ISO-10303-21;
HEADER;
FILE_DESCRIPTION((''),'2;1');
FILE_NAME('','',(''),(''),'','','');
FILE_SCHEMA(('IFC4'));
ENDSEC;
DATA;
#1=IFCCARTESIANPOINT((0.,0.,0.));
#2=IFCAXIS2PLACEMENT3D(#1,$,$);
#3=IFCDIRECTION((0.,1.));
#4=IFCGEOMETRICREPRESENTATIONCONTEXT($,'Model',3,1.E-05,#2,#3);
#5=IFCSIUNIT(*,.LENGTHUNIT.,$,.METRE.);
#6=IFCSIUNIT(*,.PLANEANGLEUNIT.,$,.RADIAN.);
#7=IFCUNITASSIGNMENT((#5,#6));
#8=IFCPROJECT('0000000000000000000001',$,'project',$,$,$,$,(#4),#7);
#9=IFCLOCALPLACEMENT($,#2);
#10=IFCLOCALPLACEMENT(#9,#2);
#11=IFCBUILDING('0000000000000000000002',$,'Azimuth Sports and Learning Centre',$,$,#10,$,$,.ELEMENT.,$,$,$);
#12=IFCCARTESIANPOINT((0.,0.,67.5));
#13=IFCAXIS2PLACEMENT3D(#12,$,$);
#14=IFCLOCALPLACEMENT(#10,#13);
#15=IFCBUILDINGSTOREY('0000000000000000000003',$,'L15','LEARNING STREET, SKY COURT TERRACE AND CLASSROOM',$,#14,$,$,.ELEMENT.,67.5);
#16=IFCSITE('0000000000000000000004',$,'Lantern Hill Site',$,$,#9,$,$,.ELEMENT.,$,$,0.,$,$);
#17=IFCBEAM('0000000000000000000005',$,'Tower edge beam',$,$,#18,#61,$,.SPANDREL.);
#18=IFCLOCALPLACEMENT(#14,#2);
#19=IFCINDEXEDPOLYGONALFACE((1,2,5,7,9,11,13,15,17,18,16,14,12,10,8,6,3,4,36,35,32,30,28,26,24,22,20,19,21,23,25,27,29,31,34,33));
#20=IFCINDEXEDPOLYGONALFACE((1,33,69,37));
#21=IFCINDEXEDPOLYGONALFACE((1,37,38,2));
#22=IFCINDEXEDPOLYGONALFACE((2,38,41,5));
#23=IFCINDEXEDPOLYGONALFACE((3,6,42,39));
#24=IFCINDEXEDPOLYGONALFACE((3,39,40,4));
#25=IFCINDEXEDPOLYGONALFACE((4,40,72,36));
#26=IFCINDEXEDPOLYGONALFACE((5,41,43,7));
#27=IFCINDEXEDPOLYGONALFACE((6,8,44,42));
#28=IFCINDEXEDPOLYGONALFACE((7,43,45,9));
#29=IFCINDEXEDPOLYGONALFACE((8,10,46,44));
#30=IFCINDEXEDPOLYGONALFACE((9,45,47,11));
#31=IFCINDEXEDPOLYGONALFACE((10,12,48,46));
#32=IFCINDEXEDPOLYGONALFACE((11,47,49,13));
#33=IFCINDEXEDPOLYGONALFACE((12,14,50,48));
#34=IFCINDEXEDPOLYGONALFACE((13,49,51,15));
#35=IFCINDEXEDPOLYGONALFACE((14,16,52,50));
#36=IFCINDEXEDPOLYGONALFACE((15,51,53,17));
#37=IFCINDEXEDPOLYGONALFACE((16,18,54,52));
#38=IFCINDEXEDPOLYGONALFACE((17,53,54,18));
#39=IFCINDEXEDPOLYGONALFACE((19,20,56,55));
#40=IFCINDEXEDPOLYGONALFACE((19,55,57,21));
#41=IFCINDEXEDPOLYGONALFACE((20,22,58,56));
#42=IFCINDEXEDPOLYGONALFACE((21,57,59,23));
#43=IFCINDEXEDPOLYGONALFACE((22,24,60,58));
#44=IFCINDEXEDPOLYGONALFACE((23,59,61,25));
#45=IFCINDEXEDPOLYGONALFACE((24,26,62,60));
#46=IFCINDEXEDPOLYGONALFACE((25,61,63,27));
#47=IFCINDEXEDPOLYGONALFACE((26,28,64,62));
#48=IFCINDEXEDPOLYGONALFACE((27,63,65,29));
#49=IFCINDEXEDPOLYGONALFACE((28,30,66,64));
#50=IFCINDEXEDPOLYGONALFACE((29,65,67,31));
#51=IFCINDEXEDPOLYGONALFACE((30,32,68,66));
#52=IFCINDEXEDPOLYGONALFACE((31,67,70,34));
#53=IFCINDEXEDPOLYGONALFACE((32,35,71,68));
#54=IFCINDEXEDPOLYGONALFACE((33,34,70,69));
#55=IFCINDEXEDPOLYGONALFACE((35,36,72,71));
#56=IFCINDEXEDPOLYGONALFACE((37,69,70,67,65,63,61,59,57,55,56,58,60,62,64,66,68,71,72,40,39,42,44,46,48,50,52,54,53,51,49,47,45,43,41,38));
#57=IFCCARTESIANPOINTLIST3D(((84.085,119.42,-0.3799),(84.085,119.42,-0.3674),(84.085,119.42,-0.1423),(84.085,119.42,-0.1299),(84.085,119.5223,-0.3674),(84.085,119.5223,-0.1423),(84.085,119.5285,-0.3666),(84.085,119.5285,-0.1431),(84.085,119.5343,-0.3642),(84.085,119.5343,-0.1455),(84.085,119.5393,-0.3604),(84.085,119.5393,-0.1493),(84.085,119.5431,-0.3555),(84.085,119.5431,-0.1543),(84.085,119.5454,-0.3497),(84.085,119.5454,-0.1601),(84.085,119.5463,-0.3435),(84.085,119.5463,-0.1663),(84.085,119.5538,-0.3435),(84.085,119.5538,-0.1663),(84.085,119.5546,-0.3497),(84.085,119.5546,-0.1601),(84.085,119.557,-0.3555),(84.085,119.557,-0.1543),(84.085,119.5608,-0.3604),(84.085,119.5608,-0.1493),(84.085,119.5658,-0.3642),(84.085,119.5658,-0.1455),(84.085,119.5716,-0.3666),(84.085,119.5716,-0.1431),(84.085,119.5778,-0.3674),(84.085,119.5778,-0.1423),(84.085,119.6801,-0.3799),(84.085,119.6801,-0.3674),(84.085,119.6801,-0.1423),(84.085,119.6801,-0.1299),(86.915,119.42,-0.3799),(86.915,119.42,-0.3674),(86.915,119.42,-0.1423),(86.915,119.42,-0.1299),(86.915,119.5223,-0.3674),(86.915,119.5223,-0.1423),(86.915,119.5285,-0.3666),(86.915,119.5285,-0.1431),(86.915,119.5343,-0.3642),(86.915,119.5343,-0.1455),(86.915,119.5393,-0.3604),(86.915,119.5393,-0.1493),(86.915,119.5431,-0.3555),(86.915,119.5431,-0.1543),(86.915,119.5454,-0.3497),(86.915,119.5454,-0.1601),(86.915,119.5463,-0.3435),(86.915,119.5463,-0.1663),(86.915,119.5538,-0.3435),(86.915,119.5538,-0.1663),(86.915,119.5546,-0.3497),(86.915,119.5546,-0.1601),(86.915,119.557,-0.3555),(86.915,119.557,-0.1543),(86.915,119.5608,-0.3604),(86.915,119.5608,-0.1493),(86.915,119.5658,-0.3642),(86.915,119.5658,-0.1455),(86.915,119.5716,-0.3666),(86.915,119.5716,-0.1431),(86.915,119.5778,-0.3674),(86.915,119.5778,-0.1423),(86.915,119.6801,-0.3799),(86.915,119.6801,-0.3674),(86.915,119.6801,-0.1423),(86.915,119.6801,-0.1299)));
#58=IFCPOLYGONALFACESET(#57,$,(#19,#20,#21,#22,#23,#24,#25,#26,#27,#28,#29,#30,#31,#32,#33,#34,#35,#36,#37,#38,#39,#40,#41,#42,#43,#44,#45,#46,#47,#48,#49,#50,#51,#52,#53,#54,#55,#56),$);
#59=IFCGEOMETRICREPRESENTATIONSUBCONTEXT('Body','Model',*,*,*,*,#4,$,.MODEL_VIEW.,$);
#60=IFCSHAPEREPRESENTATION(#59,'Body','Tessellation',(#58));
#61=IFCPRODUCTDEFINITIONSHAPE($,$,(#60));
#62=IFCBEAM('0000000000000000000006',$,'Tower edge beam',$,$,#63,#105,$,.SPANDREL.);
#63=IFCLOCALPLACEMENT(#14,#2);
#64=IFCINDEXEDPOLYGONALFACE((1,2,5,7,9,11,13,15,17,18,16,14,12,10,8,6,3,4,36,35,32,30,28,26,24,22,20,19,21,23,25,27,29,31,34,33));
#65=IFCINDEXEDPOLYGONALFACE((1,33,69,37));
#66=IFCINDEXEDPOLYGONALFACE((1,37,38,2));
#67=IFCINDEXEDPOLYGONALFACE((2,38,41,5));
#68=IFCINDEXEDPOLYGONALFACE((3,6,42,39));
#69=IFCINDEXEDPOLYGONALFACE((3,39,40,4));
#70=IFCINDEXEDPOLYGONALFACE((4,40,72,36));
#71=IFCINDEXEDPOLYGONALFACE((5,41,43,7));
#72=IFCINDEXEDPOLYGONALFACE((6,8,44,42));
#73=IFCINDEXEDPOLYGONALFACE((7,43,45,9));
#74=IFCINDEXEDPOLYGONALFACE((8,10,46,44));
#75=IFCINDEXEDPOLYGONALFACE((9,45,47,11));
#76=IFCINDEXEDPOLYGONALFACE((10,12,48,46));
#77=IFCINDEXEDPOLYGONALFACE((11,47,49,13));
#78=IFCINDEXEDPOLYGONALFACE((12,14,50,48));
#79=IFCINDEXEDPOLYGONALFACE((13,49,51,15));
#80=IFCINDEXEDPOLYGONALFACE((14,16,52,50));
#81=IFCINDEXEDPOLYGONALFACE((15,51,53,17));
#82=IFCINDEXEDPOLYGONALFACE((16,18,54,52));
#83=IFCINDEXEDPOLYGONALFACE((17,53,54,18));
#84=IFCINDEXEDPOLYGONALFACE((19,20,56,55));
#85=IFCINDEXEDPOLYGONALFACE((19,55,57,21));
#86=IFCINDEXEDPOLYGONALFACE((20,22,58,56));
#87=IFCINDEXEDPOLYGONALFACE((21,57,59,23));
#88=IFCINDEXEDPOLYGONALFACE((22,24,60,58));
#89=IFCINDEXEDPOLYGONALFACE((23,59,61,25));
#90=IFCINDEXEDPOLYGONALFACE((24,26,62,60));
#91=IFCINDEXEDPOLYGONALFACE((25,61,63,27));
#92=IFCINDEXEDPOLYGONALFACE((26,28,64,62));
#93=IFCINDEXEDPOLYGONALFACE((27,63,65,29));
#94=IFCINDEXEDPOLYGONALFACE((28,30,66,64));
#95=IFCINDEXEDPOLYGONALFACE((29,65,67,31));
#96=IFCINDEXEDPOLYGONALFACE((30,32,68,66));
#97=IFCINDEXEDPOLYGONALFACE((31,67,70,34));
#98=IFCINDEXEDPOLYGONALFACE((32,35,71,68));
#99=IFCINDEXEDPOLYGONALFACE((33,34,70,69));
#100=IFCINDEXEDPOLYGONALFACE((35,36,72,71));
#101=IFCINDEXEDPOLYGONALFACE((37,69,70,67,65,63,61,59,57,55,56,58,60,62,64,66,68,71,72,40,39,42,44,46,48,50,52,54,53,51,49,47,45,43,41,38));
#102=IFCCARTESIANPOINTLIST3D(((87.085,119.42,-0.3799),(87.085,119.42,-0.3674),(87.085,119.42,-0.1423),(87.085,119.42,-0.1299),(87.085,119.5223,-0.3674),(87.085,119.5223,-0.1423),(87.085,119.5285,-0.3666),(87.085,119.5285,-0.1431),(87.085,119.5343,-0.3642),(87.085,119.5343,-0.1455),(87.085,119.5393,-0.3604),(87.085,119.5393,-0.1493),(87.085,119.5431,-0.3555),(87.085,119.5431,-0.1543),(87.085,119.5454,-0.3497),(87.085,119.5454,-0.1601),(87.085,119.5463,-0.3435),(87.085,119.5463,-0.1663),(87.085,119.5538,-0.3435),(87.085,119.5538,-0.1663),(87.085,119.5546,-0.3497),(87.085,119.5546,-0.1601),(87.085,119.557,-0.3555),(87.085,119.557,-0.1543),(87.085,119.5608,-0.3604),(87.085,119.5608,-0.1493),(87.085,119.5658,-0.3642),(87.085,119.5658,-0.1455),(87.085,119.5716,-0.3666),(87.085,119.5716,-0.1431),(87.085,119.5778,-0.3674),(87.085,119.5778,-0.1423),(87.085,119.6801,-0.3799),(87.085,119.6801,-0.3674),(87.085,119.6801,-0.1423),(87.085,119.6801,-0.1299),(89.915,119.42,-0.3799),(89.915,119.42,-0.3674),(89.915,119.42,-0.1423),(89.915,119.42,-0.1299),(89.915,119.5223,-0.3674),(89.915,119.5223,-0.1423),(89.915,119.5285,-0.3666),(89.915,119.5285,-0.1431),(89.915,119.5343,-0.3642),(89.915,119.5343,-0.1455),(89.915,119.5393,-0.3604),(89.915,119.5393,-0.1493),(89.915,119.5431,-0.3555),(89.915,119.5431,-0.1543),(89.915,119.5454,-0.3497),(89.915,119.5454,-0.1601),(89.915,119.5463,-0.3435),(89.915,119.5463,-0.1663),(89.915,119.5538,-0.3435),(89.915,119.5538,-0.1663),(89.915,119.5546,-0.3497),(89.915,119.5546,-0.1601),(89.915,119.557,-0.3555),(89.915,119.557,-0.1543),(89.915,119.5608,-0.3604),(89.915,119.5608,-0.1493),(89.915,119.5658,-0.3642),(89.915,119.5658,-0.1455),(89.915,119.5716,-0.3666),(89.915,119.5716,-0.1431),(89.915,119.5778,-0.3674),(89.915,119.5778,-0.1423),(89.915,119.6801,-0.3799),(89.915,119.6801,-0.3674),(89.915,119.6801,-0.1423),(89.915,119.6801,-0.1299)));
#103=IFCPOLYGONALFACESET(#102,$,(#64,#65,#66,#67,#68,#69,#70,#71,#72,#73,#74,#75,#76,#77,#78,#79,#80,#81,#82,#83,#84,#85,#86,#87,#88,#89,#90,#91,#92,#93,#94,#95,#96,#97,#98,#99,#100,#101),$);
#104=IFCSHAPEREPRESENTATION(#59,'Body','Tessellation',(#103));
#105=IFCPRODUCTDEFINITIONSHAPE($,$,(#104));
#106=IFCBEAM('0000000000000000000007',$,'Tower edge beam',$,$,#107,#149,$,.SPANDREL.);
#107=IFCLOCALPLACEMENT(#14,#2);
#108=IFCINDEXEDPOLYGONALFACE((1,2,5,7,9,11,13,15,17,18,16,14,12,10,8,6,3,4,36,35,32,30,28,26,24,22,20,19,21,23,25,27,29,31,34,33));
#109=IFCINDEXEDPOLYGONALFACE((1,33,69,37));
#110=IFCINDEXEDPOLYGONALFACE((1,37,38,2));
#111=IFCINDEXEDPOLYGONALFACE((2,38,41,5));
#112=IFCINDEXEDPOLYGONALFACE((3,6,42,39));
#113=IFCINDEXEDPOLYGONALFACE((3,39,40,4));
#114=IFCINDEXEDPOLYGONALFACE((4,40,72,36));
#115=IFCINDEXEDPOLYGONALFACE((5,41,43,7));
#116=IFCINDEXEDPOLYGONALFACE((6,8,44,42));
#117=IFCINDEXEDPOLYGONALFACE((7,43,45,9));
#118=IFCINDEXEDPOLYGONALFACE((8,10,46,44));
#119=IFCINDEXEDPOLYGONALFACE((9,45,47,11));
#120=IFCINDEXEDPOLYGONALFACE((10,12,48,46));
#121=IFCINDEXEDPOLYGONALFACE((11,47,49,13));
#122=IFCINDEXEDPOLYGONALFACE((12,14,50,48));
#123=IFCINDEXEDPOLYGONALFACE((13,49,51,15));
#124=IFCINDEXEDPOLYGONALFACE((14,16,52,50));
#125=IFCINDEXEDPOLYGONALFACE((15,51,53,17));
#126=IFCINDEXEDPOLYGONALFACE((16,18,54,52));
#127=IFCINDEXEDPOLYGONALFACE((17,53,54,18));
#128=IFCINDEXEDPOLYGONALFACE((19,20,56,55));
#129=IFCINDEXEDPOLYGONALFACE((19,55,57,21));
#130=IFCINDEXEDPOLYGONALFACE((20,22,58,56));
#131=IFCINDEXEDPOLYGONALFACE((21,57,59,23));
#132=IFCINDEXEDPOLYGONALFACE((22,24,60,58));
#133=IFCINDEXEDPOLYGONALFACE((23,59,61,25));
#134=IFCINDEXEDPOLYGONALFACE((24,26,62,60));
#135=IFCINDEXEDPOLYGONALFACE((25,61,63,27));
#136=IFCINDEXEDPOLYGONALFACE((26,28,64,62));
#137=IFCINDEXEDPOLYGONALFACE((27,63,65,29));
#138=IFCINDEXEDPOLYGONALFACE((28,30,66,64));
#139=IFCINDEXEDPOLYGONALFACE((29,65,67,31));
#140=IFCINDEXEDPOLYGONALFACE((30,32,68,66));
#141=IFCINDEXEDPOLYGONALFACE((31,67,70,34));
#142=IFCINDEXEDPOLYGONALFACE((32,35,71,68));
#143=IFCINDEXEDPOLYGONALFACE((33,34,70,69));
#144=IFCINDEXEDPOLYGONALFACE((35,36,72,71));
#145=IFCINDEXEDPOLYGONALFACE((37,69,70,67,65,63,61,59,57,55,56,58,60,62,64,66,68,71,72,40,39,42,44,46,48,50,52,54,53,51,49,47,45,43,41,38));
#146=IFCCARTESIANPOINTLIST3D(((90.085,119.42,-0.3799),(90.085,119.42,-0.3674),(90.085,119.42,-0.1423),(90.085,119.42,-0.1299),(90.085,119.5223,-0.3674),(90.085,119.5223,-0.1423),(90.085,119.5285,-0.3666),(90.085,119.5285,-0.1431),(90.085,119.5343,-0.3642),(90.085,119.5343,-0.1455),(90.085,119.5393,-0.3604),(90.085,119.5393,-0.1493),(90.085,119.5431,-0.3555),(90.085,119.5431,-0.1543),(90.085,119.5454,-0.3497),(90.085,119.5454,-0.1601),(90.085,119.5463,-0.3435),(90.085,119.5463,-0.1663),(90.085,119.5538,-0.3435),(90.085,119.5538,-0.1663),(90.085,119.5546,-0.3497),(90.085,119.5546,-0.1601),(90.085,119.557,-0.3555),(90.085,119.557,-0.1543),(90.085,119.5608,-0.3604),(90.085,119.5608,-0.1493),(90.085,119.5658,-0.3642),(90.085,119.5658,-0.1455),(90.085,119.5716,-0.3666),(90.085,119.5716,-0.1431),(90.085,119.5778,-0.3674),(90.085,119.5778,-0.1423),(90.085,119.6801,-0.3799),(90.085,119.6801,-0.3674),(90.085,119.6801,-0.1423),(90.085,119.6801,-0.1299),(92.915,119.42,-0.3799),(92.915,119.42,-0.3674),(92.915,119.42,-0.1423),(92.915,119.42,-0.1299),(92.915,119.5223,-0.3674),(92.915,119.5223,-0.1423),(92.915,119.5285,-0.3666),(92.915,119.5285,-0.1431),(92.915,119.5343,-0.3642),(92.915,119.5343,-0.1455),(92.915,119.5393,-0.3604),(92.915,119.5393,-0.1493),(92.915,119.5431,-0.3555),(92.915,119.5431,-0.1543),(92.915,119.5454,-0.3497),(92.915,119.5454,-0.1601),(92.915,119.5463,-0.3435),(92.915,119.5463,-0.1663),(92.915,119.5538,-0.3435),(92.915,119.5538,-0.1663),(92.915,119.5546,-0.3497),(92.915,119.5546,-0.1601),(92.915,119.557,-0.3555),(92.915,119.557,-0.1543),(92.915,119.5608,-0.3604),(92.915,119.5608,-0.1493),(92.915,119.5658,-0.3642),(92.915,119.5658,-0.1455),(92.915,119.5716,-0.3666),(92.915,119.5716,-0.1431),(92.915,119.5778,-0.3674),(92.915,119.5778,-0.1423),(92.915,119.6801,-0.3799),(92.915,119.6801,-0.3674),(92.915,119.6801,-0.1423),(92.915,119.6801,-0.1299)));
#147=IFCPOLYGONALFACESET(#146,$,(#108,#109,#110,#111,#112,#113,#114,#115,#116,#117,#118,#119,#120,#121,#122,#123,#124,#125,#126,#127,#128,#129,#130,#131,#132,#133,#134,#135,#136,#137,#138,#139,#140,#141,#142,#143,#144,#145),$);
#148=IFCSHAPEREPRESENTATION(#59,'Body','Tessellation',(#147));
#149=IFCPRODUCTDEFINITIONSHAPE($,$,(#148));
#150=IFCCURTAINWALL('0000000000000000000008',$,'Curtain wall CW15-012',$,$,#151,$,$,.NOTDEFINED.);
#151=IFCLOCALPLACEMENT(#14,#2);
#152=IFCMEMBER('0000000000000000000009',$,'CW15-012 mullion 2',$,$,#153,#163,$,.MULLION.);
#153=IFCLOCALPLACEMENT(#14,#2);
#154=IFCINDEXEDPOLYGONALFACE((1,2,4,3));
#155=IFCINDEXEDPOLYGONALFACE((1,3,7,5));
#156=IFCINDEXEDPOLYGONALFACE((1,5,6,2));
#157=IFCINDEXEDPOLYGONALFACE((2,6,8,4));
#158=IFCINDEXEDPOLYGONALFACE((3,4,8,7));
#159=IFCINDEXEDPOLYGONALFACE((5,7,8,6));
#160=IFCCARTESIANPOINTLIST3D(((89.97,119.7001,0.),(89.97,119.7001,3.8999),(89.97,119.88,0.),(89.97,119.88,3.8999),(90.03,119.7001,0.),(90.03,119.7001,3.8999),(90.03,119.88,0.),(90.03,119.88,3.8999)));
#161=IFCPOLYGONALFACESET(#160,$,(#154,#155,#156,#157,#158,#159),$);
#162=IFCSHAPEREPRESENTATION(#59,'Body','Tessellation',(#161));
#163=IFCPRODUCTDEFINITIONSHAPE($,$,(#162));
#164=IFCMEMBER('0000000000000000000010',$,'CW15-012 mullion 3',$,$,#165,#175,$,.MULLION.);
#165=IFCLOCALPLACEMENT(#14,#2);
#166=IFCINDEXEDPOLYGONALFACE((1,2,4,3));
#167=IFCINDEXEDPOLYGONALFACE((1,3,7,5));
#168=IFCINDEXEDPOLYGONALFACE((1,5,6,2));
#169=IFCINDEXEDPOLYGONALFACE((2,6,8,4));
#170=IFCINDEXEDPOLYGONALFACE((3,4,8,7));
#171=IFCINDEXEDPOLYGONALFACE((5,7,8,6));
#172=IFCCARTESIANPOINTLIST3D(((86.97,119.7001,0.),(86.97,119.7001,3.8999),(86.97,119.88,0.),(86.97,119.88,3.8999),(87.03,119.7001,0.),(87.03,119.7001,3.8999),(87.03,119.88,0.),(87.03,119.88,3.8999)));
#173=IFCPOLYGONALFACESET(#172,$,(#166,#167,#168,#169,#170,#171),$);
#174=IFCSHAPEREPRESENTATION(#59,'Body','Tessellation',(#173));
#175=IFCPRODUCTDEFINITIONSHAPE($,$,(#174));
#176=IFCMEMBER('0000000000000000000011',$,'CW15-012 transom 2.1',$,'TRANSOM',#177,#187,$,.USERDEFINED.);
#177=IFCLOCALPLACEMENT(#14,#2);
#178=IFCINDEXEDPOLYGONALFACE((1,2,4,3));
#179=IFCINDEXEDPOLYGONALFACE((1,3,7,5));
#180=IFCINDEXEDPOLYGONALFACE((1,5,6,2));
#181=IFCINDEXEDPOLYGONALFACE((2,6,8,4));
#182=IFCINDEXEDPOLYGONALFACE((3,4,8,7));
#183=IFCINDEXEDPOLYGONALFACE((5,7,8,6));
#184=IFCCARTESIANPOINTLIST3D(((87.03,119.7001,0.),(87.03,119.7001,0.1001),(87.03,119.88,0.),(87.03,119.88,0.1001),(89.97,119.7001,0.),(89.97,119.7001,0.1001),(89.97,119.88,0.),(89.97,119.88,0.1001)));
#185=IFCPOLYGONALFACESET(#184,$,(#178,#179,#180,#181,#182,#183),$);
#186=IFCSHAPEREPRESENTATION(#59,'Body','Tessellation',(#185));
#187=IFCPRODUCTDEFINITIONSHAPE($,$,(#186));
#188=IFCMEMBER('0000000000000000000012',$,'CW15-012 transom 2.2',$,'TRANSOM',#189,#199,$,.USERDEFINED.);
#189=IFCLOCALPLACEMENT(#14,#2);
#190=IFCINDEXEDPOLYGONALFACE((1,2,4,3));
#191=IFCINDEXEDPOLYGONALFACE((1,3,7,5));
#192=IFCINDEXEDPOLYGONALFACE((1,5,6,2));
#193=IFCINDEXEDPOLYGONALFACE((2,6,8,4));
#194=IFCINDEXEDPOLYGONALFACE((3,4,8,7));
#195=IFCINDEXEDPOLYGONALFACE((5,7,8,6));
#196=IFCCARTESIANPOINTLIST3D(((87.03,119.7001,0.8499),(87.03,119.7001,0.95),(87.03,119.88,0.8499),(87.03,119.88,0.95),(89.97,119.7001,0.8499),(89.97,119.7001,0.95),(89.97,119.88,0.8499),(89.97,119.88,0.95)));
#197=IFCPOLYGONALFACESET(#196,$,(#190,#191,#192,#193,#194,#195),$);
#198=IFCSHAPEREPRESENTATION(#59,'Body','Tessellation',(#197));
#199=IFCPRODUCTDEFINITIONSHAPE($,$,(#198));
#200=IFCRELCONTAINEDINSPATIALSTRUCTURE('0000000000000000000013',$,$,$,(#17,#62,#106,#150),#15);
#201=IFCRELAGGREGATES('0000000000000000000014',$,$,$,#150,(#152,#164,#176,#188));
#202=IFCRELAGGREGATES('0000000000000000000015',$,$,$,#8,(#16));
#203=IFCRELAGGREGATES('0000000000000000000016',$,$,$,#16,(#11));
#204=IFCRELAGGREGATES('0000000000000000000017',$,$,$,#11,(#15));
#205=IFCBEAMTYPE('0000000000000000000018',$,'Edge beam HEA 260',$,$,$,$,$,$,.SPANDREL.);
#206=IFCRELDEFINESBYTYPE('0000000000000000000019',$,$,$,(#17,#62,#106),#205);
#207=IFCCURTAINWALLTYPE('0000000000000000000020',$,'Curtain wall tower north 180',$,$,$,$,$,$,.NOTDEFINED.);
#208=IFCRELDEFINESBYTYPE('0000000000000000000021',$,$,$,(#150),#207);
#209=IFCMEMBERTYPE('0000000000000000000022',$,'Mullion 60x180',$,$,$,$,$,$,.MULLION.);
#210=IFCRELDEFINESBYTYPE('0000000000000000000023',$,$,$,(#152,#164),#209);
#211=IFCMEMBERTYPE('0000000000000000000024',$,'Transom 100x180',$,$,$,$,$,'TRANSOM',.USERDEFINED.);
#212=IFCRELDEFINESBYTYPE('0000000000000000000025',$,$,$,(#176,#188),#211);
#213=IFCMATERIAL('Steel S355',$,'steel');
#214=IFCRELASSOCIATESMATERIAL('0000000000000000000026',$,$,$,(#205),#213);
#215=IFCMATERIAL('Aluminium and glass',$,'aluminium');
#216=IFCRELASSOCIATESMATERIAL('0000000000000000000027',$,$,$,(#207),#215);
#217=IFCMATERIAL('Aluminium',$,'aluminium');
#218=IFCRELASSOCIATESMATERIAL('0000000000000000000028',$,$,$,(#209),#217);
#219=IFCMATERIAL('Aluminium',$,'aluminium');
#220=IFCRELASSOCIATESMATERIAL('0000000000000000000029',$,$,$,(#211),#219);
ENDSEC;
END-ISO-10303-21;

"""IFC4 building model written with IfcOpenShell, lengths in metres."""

from ifc_helpers import new_model, si_unit, direction, frame, origin, origin_2d, place, context, subcontext, project, spatial, rectangle, i_section, extrude, material, material_profile, profile_set, type_object, element, aggregate, save


model = new_model("IFC4")

# Units and contexts
model_context = context("Model", 3, precision=1e-05, world=origin(), true_north=direction((0.0, 1.0)))
body_context = subcontext(model_context, "Body", "Model", "MODEL_VIEW")
ifc_project = project(units=[si_unit("LENGTHUNIT", "METRE"), si_unit("PLANEANGLEUNIT", "RADIAN")], contexts=[model_context])

# Site, building, storey
site_placement = place(None, origin())
site = spatial("IfcSite", under=ifc_project, at=site_placement, Name="Lantern Hill Site", CompositionType="ELEMENT", RefElevation=0.0)
building_placement = place(site_placement, origin())
building = spatial("IfcBuilding", under=site, at=building_placement, Name="Azimuth Sports and Learning Centre", CompositionType="ELEMENT")
storey_placement = place(building_placement, frame((0.0, 0.0, 67.5)))
storey = spatial("IfcBuildingStorey", under=building, at=storey_placement, Name="L15", Description="LEARNING STREET, SKY COURT TERRACE AND CLASSROOM", CompositionType="ELEMENT", Elevation=67.5)

# Beams
ifc_material_1 = material(Name="Steel S355", Category="steel")
ifc_material_profile_1 = material_profile(ifc_material_1, i_section(OverallWidth=0.26, OverallDepth=0.25, WebThickness=0.0076, FlangeThickness=0.0125, FilletRadius=0.0239, at=origin_2d()), Name="HEA 260")
ifc_profile_set_1 = profile_set([ifc_material_profile_1], Name="Steel S355")
beam_type = type_object("IfcBeamType", Name="Edge beam HEA 260", PredefinedType="SPANDREL", material=ifc_profile_set_1)
for number, where, z_axis, x_axis, name in (
    (1, (84.085, 119.55, -0.2549), (1.0, 0.0, 0.0), (0.0, 1.0, 0.0), "Tower edge beam"),
    (2, (87.085, 119.55, -0.2549), (1.0, 0.0, 0.0), (0.0, 1.0, 0.0), "Tower edge beam"),
    (3, (90.085, 119.55, -0.2549), (1.0, 0.0, 0.0), (0.0, 1.0, 0.0), "Tower edge beam"),
):
    element("IfcBeam", number, at=place(storey_placement, frame(where, z_axis=z_axis, x_axis=x_axis)), inside=storey, type_object=beam_type, Name=name, PredefinedType="SPANDREL", context=body_context, shape_type="SweptSolid", body=[
        extrude(i_section(OverallWidth=0.26, OverallDepth=0.25, WebThickness=0.0076, FlangeThickness=0.0125, FilletRadius=0.0239, at=origin_2d()), origin(), (0.0, 0.0, 1.0), 2.8301),
    ])

# Curtain wall, members
ifc_material_2 = material(Name="Aluminium and glass", Category="aluminium")
curtain_wall_type = type_object("IfcCurtainWallType", Name="Curtain wall tower north 180", PredefinedType="NOTDEFINED", material=ifc_material_2)
curtain_wall_placement = place(storey_placement, origin())
curtain_wall = element("IfcCurtainWall", 4, at=curtain_wall_placement, inside=storey, type_object=curtain_wall_type, Name="Curtain wall CW15-012", PredefinedType="NOTDEFINED")
ifc_material_3 = material(Name="Aluminium", Category="aluminium")
ifc_material_profile_2 = material_profile(ifc_material_3, rectangle(XDim=0.1799, YDim=0.0601, at=origin_2d()), Name="Mullion 60x180")
ifc_profile_set_2 = profile_set([ifc_material_profile_2], Name="Aluminium")
member_type_1 = type_object("IfcMemberType", Name="Mullion 60x180", PredefinedType="MULLION", material=ifc_profile_set_2)
member_1_placement = place(storey_placement, frame((90.0, 119.79, 0.0), z_axis=(0.0, 0.0, 1.0), x_axis=(0.0, -1.0, 0.0)))
member_1 = element("IfcMember", 5, at=member_1_placement, type_object=member_type_1, Name="CW15-012 mullion 2", PredefinedType="MULLION", context=body_context, shape_type="SweptSolid", body=[
    extrude(rectangle(XDim=0.1799, YDim=0.0601, at=origin_2d()), origin(), (0.0, 0.0, 1.0), 3.8999),
])
member_2_placement = place(storey_placement, frame((87.0, 119.79, 0.0), z_axis=(0.0, 0.0, 1.0), x_axis=(0.0, -1.0, 0.0)))
member_2 = element("IfcMember", 6, at=member_2_placement, type_object=member_type_1, Name="CW15-012 mullion 3", PredefinedType="MULLION", context=body_context, shape_type="SweptSolid", body=[
    extrude(rectangle(XDim=0.1799, YDim=0.0601, at=origin_2d()), origin(), (0.0, 0.0, 1.0), 3.8999),
])
ifc_material_4 = material(Name="Aluminium", Category="aluminium")
ifc_material_profile_3 = material_profile(ifc_material_4, rectangle(XDim=0.1799, YDim=0.1001, at=origin_2d()), Name="Transom 100x180")
ifc_profile_set_3 = profile_set([ifc_material_profile_3], Name="Aluminium")
member_type_2 = type_object("IfcMemberType", Name="Transom 100x180", ElementType="TRANSOM", PredefinedType="USERDEFINED", material=ifc_profile_set_3)
member_3_placement = place(storey_placement, frame((89.97, 119.79, 0.05), z_axis=(-1.0, 0.0, 0.0), x_axis=(0.0, -1.0, 0.0)))
member_3 = element("IfcMember", 7, at=member_3_placement, type_object=member_type_2, Name="CW15-012 transom 2.1", ObjectType="TRANSOM", PredefinedType="USERDEFINED", context=body_context, shape_type="SweptSolid", body=[
    extrude(rectangle(XDim=0.1799, YDim=0.1001, at=origin_2d()), origin(), (0.0, 0.0, 1.0), 2.9399),
])
member_4_placement = place(storey_placement, frame((89.97, 119.79, 0.8999), z_axis=(-1.0, 0.0, 0.0), x_axis=(0.0, -1.0, 0.0)))
member_4 = element("IfcMember", 8, at=member_4_placement, type_object=member_type_2, Name="CW15-012 transom 2.2", ObjectType="TRANSOM", PredefinedType="USERDEFINED", context=body_context, shape_type="SweptSolid", body=[
    extrude(rectangle(XDim=0.1799, YDim=0.1001, at=origin_2d()), origin(), (0.0, 0.0, 1.0), 2.9399),
])
aggregate(curtain_wall, [member_1, member_2, member_3, member_4])

save(model, "model.ifc")
